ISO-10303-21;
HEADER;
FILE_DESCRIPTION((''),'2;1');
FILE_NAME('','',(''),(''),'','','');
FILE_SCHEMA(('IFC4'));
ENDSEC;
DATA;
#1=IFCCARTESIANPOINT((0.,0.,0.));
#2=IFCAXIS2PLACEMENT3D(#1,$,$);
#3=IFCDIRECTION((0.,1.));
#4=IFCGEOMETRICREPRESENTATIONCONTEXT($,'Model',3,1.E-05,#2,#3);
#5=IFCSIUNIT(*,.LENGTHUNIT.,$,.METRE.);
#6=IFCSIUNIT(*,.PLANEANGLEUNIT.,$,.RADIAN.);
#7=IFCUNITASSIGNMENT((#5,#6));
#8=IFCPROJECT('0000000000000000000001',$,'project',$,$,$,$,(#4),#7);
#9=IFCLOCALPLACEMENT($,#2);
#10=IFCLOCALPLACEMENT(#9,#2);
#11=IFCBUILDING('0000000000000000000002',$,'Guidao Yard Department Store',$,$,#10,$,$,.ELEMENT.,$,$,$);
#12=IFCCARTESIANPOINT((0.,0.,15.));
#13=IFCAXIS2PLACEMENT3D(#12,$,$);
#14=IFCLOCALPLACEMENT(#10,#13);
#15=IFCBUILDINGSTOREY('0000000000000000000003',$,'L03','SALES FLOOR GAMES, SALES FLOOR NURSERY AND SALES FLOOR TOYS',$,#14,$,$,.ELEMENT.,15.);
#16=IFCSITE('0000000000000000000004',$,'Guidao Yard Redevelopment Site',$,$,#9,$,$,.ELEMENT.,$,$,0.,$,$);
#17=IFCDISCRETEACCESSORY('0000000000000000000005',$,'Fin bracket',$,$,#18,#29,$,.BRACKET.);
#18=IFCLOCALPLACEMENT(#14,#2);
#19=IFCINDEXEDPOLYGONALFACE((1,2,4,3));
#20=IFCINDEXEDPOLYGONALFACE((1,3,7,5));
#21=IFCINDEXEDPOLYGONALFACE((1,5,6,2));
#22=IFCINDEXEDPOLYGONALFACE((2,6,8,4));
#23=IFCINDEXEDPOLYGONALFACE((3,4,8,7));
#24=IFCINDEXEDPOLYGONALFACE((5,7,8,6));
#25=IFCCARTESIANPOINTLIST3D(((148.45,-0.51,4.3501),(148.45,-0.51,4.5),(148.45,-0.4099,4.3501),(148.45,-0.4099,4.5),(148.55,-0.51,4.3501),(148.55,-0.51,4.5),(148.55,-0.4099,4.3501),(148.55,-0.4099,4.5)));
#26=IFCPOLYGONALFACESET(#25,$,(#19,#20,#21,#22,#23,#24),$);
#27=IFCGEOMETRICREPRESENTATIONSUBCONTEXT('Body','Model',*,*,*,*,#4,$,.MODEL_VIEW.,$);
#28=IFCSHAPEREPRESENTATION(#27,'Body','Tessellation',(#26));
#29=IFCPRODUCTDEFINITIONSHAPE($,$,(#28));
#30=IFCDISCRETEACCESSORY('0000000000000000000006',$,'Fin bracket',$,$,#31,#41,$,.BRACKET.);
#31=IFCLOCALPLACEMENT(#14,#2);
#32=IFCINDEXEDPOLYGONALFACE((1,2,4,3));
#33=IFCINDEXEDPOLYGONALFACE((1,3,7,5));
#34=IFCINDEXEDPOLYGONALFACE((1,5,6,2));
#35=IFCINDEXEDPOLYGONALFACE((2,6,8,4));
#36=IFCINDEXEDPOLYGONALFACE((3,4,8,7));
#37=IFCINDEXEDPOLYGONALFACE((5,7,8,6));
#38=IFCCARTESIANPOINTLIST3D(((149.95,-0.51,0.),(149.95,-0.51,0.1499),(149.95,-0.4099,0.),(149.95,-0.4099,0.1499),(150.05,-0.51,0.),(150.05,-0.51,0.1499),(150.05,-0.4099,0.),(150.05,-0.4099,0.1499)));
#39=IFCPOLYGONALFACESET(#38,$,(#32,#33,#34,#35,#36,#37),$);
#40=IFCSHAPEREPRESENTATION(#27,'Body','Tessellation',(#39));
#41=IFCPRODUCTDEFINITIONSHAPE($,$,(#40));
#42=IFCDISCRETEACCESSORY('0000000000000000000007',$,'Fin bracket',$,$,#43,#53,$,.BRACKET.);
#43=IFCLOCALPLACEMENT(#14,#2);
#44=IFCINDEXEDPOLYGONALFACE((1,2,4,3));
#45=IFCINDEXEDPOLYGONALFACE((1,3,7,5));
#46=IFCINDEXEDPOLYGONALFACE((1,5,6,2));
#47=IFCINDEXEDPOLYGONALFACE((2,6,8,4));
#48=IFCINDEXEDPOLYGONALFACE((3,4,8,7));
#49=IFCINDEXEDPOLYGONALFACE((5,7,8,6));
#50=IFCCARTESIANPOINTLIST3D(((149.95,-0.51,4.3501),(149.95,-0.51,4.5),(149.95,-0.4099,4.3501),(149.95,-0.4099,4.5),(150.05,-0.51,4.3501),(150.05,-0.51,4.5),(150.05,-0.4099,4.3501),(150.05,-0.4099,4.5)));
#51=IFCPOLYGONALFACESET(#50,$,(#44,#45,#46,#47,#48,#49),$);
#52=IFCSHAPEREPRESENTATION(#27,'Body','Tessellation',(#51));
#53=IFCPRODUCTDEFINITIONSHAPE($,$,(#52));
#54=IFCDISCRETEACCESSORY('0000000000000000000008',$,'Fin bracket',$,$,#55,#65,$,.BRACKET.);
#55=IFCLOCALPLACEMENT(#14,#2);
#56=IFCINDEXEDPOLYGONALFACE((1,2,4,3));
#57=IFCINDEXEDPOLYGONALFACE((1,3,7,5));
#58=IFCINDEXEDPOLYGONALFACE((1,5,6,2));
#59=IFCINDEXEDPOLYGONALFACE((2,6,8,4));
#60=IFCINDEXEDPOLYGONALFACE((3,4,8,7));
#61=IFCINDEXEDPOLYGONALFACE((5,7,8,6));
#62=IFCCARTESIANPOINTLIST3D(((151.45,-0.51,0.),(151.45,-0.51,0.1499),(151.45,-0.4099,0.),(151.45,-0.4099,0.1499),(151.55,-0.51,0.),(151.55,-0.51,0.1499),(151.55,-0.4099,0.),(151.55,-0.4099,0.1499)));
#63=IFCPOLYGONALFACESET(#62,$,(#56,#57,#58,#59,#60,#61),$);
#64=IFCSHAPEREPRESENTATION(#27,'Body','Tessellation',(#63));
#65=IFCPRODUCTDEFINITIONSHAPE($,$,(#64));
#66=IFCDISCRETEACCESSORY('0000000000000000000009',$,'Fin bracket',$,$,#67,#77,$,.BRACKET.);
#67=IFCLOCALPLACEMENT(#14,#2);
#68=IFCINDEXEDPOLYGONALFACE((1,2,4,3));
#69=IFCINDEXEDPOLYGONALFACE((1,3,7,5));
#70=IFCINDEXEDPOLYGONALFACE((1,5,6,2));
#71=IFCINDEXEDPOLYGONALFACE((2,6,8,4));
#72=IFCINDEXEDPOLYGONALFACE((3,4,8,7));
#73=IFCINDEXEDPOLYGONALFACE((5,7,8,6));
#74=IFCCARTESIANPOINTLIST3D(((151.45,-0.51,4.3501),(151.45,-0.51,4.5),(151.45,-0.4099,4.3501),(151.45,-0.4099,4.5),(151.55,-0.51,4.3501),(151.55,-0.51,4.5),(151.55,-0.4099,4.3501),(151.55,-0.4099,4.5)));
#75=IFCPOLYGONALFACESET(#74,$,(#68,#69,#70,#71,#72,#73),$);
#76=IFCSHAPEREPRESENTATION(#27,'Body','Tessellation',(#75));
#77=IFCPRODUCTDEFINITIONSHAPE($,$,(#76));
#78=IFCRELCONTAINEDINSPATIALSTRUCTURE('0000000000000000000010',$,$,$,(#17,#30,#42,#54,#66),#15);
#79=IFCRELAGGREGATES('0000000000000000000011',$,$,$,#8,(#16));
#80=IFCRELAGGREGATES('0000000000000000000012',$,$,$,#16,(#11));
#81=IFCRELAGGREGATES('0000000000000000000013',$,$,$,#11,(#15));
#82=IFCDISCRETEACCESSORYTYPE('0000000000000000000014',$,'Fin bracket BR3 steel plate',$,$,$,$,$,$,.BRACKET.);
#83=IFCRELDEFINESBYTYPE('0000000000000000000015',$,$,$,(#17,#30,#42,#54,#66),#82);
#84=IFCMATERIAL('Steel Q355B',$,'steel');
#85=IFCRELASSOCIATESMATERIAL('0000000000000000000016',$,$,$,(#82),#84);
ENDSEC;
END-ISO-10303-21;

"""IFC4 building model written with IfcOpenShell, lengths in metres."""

from ifc_helpers import new_model, si_unit, direction, frame, origin, origin_2d, place, context, subcontext, project, spatial, rectangle, extrude, material, type_object, element, save


model = new_model("IFC4")

# Units and contexts
model_context = context("Model", 3, precision=1e-05, world=origin(), true_north=direction((0.0, 1.0)))
body_context = subcontext(model_context, "Body", "Model", "MODEL_VIEW")
ifc_project = project(units=[si_unit("LENGTHUNIT", "METRE"), si_unit("PLANEANGLEUNIT", "RADIAN")], contexts=[model_context])

# Site, building, storey
site_placement = place(None, origin())
site = spatial("IfcSite", under=ifc_project, at=site_placement, Name="Guidao Yard Redevelopment Site", CompositionType="ELEMENT", RefElevation=0.0)
building_placement = place(site_placement, origin())
building = spatial("IfcBuilding", under=site, at=building_placement, Name="Guidao Yard Department Store", CompositionType="ELEMENT")
storey_placement = place(building_placement, frame((0.0, 0.0, 15.0)))
storey = spatial("IfcBuildingStorey", under=building, at=storey_placement, Name="L03", Description="SALES FLOOR GAMES, SALES FLOOR NURSERY AND SALES FLOOR TOYS", CompositionType="ELEMENT", Elevation=15.0)

# Discrete accessories
ifc_material_1 = material(Name="Steel Q355B", Category="steel")
discrete_accessory_type = type_object("IfcDiscreteAccessoryType", Name="Fin bracket BR3 steel plate", PredefinedType="BRACKET", material=ifc_material_1)
for number, where, z_axis, x_axis, name in (
    (1, (148.5, -0.46, 4.3501), (0.0, 0.0, 1.0), (-1.0, 0.0, 0.0), "Fin bracket"),
    (2, (150.0, -0.46, 0.0), (0.0, 0.0, 1.0), (-1.0, 0.0, 0.0), "Fin bracket"),
    (3, (150.0, -0.46, 4.3501), (0.0, 0.0, 1.0), (-1.0, 0.0, 0.0), "Fin bracket"),
    (4, (151.5, -0.46, 0.0), (0.0, 0.0, 1.0), (-1.0, 0.0, 0.0), "Fin bracket"),
    (5, (151.5, -0.46, 4.3501), (0.0, 0.0, 1.0), (-1.0, 0.0, 0.0), "Fin bracket"),
):
    element("IfcDiscreteAccessory", number, at=place(storey_placement, frame(where, z_axis=z_axis, x_axis=x_axis)), inside=storey, type_object=discrete_accessory_type, Name=name, PredefinedType="BRACKET", context=body_context, shape_type="SweptSolid", body=[
        extrude(rectangle(XDim=0.1001, YDim=0.1001, at=origin_2d()), origin(), (0.0, 0.0, 1.0), 0.1499),
    ])

save(model, "model.ifc")
